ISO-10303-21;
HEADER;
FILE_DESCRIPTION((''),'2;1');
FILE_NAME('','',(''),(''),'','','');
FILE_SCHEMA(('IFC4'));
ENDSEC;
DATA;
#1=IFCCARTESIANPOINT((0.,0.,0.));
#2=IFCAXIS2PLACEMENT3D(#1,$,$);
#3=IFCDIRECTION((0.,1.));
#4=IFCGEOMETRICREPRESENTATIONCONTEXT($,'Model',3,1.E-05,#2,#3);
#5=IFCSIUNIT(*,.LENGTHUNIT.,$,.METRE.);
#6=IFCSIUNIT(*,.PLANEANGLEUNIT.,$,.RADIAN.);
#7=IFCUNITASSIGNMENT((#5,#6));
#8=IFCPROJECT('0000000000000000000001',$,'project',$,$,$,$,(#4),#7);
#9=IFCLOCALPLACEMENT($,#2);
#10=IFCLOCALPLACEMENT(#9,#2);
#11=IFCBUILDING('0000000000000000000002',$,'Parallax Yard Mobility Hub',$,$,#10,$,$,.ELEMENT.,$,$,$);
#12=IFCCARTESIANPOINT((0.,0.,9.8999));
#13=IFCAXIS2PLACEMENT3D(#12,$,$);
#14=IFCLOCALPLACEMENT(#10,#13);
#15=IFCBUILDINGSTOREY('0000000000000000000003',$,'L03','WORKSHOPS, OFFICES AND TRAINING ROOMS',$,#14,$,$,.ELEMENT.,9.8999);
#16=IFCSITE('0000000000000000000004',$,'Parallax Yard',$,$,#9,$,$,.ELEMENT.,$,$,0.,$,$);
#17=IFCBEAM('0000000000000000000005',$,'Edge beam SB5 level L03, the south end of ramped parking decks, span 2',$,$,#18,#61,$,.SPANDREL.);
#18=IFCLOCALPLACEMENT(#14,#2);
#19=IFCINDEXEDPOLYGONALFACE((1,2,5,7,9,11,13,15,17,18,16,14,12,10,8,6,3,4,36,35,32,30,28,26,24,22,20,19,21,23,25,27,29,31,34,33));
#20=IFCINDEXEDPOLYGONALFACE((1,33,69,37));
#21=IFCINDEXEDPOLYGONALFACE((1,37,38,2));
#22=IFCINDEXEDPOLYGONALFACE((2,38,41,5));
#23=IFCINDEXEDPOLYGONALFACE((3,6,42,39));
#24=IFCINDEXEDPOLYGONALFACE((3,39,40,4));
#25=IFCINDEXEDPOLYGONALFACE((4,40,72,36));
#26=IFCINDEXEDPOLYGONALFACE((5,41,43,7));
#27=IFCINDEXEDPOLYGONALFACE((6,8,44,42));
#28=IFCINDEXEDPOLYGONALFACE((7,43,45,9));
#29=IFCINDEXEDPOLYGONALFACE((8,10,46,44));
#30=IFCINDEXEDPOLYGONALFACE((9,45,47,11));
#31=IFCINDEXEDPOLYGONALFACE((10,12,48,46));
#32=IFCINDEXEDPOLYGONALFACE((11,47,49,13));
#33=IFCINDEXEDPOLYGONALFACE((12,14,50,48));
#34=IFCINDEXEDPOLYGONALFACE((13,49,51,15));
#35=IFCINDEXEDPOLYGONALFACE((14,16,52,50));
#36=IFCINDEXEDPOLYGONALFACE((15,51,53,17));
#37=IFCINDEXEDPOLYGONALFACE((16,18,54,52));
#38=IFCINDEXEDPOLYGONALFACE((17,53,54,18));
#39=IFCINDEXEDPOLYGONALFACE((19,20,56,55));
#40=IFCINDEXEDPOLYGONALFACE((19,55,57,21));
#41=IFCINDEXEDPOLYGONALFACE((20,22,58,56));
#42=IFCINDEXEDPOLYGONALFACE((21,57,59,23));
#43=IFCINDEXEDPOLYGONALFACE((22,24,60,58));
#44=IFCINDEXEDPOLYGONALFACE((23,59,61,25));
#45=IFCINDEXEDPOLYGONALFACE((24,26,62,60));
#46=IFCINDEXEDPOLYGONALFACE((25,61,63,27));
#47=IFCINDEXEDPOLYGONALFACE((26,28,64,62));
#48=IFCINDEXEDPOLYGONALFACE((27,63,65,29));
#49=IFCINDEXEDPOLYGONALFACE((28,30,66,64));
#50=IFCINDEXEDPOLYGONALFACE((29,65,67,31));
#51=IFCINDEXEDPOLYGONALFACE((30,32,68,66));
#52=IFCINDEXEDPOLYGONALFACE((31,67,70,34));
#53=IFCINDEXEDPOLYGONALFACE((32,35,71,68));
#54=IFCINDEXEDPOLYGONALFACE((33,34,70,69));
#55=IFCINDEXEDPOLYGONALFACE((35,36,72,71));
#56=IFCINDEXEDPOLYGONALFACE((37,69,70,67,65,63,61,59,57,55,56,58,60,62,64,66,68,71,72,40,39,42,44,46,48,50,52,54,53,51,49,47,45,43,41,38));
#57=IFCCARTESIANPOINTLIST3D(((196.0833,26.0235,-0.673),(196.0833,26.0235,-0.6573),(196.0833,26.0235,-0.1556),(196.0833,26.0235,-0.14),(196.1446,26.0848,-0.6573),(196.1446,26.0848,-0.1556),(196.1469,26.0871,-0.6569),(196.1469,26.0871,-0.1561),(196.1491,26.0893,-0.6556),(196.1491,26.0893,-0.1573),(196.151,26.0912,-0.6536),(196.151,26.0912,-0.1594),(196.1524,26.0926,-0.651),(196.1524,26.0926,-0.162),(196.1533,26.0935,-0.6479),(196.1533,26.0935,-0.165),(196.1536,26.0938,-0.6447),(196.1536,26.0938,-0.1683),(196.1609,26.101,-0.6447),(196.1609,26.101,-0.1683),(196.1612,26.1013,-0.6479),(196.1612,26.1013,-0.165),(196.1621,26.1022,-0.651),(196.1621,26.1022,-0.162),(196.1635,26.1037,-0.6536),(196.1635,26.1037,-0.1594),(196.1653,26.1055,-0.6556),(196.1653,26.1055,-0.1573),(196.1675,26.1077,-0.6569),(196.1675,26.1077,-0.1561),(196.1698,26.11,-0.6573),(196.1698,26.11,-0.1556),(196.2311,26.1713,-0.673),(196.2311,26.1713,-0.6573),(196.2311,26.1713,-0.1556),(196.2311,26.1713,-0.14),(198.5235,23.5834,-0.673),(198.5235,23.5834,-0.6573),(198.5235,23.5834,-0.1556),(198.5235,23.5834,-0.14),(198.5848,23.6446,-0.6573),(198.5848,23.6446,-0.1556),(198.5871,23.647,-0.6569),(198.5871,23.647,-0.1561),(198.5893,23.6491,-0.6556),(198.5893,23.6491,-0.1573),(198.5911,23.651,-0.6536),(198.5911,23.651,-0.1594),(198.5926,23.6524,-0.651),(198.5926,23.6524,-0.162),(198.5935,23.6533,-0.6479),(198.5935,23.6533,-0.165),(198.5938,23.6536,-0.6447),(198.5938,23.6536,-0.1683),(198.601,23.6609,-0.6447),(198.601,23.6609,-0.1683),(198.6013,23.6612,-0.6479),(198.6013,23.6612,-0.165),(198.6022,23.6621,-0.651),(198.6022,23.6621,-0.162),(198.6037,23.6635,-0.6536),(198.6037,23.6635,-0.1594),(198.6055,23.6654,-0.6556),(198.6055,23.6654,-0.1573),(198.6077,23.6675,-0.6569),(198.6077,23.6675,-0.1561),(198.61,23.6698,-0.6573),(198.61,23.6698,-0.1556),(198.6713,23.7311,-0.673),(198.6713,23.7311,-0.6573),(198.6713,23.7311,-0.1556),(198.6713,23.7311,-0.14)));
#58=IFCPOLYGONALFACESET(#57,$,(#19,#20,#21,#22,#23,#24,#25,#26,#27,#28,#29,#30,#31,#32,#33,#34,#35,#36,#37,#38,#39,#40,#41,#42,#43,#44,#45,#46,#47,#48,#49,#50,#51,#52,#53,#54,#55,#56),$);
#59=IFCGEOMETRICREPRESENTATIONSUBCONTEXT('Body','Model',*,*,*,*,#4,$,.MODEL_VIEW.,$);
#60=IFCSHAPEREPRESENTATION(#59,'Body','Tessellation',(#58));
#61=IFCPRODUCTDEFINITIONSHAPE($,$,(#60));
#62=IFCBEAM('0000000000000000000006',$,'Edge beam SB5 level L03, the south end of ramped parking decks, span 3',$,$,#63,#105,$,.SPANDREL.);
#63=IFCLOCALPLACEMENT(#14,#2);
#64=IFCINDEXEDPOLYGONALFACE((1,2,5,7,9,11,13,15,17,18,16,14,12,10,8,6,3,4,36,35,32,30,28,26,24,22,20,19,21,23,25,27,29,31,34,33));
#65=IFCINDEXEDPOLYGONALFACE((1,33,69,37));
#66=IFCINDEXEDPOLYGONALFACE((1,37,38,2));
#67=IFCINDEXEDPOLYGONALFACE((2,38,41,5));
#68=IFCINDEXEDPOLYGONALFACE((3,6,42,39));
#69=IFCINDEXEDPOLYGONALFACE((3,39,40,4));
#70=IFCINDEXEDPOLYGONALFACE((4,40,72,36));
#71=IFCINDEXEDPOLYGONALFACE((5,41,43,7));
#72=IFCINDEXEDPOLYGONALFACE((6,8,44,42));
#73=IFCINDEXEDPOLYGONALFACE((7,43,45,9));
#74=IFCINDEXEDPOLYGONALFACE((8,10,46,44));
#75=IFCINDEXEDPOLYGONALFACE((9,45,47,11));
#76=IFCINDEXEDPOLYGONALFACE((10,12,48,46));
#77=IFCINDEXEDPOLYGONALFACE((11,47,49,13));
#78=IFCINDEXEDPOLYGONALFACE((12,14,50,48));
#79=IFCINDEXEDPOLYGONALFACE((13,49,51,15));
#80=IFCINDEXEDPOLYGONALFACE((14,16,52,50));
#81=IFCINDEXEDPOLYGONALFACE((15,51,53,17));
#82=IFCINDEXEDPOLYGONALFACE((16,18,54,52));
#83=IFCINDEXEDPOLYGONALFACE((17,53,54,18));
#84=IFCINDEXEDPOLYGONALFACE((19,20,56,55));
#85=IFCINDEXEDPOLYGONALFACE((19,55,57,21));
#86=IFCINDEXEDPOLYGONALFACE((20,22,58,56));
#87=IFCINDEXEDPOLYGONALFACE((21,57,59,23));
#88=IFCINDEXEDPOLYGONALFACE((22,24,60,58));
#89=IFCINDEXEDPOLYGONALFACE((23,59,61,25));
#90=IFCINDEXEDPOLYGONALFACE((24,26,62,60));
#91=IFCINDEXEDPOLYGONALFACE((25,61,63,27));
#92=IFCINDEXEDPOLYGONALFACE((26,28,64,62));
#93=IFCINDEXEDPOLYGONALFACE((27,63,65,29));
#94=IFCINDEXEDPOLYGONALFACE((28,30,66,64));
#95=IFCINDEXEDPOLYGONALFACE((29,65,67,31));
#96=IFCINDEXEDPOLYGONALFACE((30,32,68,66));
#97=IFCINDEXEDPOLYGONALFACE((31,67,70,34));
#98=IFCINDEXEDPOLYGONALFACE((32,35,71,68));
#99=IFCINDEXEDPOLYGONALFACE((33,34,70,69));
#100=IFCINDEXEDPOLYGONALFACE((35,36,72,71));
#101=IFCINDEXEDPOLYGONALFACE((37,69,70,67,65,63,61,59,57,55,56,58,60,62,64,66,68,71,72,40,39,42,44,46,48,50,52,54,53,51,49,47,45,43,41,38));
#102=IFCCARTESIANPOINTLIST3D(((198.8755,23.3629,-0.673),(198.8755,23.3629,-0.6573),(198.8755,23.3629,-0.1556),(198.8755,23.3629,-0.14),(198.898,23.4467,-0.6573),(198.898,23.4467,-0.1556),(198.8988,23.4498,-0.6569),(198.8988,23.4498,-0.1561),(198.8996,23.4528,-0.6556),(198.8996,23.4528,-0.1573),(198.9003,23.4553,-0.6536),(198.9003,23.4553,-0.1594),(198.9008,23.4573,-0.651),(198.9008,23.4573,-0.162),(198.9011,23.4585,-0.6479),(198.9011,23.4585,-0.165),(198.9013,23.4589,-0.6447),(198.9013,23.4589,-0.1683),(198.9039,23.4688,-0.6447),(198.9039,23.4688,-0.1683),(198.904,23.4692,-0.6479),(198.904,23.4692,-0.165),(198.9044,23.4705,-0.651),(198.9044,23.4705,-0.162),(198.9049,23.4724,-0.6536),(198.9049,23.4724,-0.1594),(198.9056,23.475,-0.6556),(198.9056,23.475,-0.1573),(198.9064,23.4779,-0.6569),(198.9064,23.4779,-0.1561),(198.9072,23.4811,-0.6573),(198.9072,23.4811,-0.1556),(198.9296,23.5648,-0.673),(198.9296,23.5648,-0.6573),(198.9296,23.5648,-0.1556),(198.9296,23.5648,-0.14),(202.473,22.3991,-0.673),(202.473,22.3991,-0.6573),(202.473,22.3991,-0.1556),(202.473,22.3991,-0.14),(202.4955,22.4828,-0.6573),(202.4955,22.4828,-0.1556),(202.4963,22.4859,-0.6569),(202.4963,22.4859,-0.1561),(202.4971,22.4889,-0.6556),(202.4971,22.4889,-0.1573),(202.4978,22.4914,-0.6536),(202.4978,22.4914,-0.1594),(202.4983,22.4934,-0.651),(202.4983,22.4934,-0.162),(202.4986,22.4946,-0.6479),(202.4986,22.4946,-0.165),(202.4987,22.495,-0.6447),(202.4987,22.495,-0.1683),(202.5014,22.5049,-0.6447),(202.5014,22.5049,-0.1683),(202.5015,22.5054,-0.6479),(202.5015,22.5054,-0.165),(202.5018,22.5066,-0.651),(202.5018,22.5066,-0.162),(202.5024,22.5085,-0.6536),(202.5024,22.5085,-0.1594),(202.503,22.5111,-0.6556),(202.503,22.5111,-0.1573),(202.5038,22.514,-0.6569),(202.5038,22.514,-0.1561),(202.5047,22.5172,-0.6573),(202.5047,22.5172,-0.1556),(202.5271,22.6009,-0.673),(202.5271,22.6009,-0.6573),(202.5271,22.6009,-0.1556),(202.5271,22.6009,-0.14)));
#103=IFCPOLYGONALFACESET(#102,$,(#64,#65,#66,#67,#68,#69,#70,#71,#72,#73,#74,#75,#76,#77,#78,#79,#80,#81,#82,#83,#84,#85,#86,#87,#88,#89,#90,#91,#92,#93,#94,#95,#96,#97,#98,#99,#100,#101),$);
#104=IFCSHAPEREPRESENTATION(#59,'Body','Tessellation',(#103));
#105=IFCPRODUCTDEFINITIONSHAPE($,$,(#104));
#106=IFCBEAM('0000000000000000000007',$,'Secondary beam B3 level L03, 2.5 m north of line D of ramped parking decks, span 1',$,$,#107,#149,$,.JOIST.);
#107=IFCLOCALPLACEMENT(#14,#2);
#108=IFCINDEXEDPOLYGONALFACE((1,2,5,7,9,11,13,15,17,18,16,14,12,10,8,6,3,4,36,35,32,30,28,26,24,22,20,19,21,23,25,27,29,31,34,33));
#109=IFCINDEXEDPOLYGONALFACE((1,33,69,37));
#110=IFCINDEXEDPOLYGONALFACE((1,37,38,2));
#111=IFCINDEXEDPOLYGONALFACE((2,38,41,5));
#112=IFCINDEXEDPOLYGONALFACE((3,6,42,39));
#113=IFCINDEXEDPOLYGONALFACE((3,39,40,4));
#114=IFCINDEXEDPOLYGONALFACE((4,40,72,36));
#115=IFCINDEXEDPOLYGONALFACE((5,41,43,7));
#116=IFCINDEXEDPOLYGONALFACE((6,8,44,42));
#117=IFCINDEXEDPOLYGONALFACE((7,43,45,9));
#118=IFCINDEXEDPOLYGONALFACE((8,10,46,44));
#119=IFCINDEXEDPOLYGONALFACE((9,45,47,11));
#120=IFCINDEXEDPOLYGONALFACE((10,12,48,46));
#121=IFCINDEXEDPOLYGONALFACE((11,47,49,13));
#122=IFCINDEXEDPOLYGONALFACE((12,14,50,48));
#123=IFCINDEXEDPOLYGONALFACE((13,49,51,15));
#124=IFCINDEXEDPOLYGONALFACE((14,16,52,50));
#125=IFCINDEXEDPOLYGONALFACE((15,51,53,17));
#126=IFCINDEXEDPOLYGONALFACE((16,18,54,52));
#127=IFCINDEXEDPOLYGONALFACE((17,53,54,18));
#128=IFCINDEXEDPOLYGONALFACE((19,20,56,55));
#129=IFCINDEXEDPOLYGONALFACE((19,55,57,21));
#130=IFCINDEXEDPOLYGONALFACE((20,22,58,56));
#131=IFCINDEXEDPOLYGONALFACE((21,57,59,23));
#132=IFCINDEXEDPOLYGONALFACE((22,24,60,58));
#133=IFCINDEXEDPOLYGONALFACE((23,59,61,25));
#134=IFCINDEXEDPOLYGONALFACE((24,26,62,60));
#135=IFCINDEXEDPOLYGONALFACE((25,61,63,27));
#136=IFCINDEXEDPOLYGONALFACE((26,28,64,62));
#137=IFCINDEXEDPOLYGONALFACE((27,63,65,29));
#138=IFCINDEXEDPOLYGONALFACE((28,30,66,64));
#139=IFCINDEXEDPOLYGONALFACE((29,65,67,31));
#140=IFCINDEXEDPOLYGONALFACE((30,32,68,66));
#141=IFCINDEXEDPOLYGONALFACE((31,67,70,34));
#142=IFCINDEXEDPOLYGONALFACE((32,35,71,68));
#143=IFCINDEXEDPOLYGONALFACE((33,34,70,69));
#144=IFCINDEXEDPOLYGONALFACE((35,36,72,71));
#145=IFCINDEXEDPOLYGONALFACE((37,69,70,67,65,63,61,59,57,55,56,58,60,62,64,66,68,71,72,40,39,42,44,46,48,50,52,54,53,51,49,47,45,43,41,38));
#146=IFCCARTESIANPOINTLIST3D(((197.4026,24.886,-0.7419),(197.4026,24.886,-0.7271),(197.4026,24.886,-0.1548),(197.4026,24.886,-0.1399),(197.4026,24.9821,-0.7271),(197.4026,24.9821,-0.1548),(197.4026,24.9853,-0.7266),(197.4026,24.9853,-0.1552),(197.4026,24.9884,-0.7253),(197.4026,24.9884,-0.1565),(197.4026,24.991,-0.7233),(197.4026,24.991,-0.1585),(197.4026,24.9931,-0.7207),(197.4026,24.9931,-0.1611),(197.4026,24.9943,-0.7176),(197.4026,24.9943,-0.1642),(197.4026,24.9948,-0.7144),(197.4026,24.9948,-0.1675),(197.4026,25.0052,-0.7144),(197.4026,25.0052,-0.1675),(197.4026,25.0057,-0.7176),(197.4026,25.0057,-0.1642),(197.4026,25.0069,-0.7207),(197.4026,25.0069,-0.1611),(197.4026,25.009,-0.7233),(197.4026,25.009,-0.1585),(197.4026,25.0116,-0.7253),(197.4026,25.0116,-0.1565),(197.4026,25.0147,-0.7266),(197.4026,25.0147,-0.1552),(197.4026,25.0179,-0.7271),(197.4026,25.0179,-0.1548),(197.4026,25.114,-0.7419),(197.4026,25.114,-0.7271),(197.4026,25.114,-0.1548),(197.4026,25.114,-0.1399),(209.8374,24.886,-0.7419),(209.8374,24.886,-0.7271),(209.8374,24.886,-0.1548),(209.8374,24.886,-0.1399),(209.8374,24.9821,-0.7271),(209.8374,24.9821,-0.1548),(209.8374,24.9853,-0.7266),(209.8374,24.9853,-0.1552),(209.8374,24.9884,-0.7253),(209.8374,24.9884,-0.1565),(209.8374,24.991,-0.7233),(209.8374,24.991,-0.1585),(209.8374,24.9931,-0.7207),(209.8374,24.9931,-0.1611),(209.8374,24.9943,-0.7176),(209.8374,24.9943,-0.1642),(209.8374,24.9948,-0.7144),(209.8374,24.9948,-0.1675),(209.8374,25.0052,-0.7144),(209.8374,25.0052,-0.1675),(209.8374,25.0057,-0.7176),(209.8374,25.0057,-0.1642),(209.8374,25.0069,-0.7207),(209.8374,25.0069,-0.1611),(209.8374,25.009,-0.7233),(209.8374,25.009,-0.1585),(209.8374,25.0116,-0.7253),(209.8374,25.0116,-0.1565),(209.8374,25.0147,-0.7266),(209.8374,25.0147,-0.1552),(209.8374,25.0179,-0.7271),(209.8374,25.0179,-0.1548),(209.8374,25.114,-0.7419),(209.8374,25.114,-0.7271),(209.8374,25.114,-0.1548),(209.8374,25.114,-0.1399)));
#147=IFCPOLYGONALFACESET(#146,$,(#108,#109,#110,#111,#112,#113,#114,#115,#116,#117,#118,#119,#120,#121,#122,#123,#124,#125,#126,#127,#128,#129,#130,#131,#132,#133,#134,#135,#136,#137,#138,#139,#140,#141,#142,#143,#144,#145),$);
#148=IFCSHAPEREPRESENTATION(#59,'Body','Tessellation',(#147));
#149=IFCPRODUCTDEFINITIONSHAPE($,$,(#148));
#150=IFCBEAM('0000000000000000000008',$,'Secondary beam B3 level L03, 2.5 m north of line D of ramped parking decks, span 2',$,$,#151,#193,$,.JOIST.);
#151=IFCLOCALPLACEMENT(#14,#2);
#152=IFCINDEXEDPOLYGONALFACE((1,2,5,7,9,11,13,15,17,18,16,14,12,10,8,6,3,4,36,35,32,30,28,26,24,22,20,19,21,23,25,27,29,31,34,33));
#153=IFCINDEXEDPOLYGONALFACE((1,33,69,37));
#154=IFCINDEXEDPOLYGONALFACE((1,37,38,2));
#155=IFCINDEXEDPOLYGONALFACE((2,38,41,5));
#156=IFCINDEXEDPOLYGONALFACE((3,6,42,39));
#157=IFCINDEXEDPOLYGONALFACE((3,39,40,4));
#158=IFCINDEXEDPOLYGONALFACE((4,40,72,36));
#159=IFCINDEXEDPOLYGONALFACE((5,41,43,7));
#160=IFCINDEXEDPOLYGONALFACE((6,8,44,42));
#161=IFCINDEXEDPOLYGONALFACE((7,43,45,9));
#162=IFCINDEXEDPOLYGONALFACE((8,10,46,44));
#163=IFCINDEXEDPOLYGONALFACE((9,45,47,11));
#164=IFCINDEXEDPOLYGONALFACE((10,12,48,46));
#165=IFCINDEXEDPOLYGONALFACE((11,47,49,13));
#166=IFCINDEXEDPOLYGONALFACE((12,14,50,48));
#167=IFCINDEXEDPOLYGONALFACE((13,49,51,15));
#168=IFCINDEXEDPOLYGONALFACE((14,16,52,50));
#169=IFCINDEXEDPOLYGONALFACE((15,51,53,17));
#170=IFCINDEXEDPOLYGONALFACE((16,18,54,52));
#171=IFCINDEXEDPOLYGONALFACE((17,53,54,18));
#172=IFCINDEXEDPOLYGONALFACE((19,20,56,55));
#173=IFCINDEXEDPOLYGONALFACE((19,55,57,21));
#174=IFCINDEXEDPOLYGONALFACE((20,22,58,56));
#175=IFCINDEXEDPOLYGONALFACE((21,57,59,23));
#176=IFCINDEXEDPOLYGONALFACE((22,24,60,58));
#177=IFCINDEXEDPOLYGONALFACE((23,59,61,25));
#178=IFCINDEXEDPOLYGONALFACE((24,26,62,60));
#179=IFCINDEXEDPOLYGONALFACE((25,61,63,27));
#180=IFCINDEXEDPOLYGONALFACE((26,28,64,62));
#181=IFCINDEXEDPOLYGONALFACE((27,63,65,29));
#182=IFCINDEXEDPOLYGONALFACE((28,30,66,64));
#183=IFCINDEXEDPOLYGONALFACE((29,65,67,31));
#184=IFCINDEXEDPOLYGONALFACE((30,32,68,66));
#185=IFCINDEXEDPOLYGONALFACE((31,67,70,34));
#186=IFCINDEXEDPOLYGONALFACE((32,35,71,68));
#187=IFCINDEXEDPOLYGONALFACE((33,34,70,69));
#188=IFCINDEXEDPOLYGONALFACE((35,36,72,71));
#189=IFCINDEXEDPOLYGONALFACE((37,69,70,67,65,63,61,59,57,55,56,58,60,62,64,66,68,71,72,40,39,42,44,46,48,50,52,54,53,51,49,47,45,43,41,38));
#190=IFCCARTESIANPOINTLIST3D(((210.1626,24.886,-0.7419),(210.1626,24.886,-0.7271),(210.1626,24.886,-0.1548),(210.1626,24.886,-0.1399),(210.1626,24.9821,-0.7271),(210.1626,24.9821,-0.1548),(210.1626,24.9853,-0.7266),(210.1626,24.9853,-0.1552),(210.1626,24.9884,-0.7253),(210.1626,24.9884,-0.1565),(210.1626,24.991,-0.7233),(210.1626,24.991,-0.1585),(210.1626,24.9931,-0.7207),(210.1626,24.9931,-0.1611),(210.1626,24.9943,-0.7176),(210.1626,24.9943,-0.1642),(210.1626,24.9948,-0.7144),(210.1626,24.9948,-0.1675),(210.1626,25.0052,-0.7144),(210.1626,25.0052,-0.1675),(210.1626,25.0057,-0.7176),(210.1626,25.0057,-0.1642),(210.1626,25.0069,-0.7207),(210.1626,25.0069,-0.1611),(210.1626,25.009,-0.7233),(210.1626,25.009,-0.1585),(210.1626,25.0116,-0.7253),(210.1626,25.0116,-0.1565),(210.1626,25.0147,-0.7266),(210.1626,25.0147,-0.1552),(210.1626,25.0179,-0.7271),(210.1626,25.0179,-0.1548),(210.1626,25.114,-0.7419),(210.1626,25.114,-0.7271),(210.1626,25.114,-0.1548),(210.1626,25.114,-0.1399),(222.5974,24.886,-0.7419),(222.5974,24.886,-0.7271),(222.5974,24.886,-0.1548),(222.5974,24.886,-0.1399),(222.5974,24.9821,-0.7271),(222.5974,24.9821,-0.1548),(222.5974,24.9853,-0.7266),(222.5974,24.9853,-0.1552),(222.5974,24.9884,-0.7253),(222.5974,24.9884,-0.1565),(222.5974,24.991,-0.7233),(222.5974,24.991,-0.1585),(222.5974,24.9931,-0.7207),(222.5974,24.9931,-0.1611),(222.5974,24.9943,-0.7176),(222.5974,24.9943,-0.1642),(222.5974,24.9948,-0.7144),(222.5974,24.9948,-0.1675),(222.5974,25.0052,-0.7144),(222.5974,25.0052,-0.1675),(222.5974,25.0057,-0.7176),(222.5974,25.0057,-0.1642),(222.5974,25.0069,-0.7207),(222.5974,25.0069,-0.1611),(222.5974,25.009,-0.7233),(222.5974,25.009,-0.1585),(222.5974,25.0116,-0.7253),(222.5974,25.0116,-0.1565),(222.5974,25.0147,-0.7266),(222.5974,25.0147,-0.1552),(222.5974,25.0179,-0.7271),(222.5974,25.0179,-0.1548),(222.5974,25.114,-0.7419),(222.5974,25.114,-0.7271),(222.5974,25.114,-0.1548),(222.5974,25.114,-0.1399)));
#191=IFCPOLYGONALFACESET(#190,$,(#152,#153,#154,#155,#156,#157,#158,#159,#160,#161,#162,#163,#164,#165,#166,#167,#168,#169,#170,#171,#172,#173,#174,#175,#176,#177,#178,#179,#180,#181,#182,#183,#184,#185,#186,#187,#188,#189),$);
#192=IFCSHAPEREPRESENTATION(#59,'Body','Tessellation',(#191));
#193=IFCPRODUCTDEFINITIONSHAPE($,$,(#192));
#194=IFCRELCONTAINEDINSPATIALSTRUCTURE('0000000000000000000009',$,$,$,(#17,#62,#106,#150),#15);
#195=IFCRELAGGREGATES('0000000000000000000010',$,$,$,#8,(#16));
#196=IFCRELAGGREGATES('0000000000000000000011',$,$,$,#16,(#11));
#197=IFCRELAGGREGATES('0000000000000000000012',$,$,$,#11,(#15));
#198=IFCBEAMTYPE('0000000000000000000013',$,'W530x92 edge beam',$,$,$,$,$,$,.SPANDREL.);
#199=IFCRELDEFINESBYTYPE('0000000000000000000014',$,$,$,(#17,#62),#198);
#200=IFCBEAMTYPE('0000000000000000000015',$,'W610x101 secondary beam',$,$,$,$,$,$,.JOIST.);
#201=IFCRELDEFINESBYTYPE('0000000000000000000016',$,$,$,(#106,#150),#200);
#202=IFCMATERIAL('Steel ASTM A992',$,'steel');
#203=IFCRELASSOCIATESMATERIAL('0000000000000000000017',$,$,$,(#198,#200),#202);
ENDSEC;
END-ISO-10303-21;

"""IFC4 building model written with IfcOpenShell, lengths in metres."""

from ifc_helpers import new_model, si_unit, direction, frame, origin, origin_2d, place, context, subcontext, project, spatial, i_section, extrude, material, material_profile, profile_set, type_object, element, save


model = new_model("IFC4")

# Units and contexts
model_context = context("Model", 3, precision=1e-05, world=origin(), true_north=direction((0.0, 1.0)))
body_context = subcontext(model_context, "Body", "Model", "MODEL_VIEW")
ifc_project = project(units=[si_unit("LENGTHUNIT", "METRE"), si_unit("PLANEANGLEUNIT", "RADIAN")], contexts=[model_context])

# Site, building, storey
site_placement = place(None, origin())
site = spatial("IfcSite", under=ifc_project, at=site_placement, Name="Parallax Yard", CompositionType="ELEMENT", RefElevation=0.0)
building_placement = place(site_placement, origin())
building = spatial("IfcBuilding", under=site, at=building_placement, Name="Parallax Yard Mobility Hub", CompositionType="ELEMENT")
storey_placement = place(building_placement, frame((0.0, 0.0, 9.8999)))
storey = spatial("IfcBuildingStorey", under=building, at=storey_placement, Name="L03", Description="WORKSHOPS, OFFICES AND TRAINING ROOMS", CompositionType="ELEMENT", Elevation=9.8999)

# Shared definitions
ifc_material_1 = material(Name="Steel ASTM A992", Category="steel")

# Beams
ifc_material_profile_1 = material_profile(ifc_material_1, i_section(OverallWidth=0.209, OverallDepth=0.533, WebThickness=0.0103, FlangeThickness=0.0156, FilletRadius=0.0127, at=origin_2d()), Name="W530x92")
ifc_profile_set_1 = profile_set([ifc_material_profile_1], Name="Steel ASTM A992")
beam_type_1 = type_object("IfcBeamType", Name="W530x92 edge beam", PredefinedType="SPANDREL", material=ifc_profile_set_1)
beam_1_placement = place(storey_placement, frame((196.1572, 26.0974, -0.4065), z_axis=(0.707107, -0.707107, 0.0), x_axis=(0.707107, 0.707107, 0.0)))
element("IfcBeam", 1, at=beam_1_placement, inside=storey, type_object=beam_type_1, Name="Edge beam SB5 level L03, the south end of ramped parking decks, span 2", PredefinedType="SPANDREL", context=body_context, shape_type="SweptSolid", body=[
    extrude(i_section(OverallWidth=0.209, OverallDepth=0.533, WebThickness=0.0103, FlangeThickness=0.0156, FilletRadius=0.0127, at=origin_2d()), origin(), (0.0, 0.0, 1.0), 3.4509),
])
beam_2_placement = place(storey_placement, frame((198.9026, 23.4639, -0.4065), z_axis=(0.96593, -0.258805, 0.0), x_axis=(0.258805, 0.96593, 0.0)))
element("IfcBeam", 2, at=beam_2_placement, inside=storey, type_object=beam_type_1, Name="Edge beam SB5 level L03, the south end of ramped parking decks, span 3", PredefinedType="SPANDREL", context=body_context, shape_type="SweptSolid", body=[
    extrude(i_section(OverallWidth=0.209, OverallDepth=0.533, WebThickness=0.0103, FlangeThickness=0.0156, FilletRadius=0.0127, at=origin_2d()), origin(), (0.0, 0.0, 1.0), 3.7244),
])
ifc_material_profile_2 = material_profile(ifc_material_1, i_section(OverallWidth=0.228, OverallDepth=0.6021, WebThickness=0.0105, FlangeThickness=0.0149, FilletRadius=0.0127, at=origin_2d()), Name="W610x101")
ifc_profile_set_2 = profile_set([ifc_material_profile_2], Name="Steel ASTM A992")
beam_type_2 = type_object("IfcBeamType", Name="W610x101 secondary beam", PredefinedType="JOIST", material=ifc_profile_set_2)
for number, where, z_axis, x_axis, name in (
    (3, (197.4026, 25.0, -0.4409), (1.0, 0.0, 0.0), (0.0, 1.0, 0.0), "Secondary beam B3 level L03, 2.5 m north of line D of ramped parking decks, span 1"),
    (4, (210.1626, 25.0, -0.4409), (1.0, 0.0, 0.0), (0.0, 1.0, 0.0), "Secondary beam B3 level L03, 2.5 m north of line D of ramped parking decks, span 2"),
):
    element("IfcBeam", number, at=place(storey_placement, frame(where, z_axis=z_axis, x_axis=x_axis)), inside=storey, type_object=beam_type_2, Name=name, PredefinedType="JOIST", context=body_context, shape_type="SweptSolid", body=[
        extrude(i_section(OverallWidth=0.228, OverallDepth=0.6021, WebThickness=0.0105, FlangeThickness=0.0149, FilletRadius=0.0127, at=origin_2d()), origin(), (0.0, 0.0, 1.0), 12.4348),
    ])

save(model, "model.ifc")
